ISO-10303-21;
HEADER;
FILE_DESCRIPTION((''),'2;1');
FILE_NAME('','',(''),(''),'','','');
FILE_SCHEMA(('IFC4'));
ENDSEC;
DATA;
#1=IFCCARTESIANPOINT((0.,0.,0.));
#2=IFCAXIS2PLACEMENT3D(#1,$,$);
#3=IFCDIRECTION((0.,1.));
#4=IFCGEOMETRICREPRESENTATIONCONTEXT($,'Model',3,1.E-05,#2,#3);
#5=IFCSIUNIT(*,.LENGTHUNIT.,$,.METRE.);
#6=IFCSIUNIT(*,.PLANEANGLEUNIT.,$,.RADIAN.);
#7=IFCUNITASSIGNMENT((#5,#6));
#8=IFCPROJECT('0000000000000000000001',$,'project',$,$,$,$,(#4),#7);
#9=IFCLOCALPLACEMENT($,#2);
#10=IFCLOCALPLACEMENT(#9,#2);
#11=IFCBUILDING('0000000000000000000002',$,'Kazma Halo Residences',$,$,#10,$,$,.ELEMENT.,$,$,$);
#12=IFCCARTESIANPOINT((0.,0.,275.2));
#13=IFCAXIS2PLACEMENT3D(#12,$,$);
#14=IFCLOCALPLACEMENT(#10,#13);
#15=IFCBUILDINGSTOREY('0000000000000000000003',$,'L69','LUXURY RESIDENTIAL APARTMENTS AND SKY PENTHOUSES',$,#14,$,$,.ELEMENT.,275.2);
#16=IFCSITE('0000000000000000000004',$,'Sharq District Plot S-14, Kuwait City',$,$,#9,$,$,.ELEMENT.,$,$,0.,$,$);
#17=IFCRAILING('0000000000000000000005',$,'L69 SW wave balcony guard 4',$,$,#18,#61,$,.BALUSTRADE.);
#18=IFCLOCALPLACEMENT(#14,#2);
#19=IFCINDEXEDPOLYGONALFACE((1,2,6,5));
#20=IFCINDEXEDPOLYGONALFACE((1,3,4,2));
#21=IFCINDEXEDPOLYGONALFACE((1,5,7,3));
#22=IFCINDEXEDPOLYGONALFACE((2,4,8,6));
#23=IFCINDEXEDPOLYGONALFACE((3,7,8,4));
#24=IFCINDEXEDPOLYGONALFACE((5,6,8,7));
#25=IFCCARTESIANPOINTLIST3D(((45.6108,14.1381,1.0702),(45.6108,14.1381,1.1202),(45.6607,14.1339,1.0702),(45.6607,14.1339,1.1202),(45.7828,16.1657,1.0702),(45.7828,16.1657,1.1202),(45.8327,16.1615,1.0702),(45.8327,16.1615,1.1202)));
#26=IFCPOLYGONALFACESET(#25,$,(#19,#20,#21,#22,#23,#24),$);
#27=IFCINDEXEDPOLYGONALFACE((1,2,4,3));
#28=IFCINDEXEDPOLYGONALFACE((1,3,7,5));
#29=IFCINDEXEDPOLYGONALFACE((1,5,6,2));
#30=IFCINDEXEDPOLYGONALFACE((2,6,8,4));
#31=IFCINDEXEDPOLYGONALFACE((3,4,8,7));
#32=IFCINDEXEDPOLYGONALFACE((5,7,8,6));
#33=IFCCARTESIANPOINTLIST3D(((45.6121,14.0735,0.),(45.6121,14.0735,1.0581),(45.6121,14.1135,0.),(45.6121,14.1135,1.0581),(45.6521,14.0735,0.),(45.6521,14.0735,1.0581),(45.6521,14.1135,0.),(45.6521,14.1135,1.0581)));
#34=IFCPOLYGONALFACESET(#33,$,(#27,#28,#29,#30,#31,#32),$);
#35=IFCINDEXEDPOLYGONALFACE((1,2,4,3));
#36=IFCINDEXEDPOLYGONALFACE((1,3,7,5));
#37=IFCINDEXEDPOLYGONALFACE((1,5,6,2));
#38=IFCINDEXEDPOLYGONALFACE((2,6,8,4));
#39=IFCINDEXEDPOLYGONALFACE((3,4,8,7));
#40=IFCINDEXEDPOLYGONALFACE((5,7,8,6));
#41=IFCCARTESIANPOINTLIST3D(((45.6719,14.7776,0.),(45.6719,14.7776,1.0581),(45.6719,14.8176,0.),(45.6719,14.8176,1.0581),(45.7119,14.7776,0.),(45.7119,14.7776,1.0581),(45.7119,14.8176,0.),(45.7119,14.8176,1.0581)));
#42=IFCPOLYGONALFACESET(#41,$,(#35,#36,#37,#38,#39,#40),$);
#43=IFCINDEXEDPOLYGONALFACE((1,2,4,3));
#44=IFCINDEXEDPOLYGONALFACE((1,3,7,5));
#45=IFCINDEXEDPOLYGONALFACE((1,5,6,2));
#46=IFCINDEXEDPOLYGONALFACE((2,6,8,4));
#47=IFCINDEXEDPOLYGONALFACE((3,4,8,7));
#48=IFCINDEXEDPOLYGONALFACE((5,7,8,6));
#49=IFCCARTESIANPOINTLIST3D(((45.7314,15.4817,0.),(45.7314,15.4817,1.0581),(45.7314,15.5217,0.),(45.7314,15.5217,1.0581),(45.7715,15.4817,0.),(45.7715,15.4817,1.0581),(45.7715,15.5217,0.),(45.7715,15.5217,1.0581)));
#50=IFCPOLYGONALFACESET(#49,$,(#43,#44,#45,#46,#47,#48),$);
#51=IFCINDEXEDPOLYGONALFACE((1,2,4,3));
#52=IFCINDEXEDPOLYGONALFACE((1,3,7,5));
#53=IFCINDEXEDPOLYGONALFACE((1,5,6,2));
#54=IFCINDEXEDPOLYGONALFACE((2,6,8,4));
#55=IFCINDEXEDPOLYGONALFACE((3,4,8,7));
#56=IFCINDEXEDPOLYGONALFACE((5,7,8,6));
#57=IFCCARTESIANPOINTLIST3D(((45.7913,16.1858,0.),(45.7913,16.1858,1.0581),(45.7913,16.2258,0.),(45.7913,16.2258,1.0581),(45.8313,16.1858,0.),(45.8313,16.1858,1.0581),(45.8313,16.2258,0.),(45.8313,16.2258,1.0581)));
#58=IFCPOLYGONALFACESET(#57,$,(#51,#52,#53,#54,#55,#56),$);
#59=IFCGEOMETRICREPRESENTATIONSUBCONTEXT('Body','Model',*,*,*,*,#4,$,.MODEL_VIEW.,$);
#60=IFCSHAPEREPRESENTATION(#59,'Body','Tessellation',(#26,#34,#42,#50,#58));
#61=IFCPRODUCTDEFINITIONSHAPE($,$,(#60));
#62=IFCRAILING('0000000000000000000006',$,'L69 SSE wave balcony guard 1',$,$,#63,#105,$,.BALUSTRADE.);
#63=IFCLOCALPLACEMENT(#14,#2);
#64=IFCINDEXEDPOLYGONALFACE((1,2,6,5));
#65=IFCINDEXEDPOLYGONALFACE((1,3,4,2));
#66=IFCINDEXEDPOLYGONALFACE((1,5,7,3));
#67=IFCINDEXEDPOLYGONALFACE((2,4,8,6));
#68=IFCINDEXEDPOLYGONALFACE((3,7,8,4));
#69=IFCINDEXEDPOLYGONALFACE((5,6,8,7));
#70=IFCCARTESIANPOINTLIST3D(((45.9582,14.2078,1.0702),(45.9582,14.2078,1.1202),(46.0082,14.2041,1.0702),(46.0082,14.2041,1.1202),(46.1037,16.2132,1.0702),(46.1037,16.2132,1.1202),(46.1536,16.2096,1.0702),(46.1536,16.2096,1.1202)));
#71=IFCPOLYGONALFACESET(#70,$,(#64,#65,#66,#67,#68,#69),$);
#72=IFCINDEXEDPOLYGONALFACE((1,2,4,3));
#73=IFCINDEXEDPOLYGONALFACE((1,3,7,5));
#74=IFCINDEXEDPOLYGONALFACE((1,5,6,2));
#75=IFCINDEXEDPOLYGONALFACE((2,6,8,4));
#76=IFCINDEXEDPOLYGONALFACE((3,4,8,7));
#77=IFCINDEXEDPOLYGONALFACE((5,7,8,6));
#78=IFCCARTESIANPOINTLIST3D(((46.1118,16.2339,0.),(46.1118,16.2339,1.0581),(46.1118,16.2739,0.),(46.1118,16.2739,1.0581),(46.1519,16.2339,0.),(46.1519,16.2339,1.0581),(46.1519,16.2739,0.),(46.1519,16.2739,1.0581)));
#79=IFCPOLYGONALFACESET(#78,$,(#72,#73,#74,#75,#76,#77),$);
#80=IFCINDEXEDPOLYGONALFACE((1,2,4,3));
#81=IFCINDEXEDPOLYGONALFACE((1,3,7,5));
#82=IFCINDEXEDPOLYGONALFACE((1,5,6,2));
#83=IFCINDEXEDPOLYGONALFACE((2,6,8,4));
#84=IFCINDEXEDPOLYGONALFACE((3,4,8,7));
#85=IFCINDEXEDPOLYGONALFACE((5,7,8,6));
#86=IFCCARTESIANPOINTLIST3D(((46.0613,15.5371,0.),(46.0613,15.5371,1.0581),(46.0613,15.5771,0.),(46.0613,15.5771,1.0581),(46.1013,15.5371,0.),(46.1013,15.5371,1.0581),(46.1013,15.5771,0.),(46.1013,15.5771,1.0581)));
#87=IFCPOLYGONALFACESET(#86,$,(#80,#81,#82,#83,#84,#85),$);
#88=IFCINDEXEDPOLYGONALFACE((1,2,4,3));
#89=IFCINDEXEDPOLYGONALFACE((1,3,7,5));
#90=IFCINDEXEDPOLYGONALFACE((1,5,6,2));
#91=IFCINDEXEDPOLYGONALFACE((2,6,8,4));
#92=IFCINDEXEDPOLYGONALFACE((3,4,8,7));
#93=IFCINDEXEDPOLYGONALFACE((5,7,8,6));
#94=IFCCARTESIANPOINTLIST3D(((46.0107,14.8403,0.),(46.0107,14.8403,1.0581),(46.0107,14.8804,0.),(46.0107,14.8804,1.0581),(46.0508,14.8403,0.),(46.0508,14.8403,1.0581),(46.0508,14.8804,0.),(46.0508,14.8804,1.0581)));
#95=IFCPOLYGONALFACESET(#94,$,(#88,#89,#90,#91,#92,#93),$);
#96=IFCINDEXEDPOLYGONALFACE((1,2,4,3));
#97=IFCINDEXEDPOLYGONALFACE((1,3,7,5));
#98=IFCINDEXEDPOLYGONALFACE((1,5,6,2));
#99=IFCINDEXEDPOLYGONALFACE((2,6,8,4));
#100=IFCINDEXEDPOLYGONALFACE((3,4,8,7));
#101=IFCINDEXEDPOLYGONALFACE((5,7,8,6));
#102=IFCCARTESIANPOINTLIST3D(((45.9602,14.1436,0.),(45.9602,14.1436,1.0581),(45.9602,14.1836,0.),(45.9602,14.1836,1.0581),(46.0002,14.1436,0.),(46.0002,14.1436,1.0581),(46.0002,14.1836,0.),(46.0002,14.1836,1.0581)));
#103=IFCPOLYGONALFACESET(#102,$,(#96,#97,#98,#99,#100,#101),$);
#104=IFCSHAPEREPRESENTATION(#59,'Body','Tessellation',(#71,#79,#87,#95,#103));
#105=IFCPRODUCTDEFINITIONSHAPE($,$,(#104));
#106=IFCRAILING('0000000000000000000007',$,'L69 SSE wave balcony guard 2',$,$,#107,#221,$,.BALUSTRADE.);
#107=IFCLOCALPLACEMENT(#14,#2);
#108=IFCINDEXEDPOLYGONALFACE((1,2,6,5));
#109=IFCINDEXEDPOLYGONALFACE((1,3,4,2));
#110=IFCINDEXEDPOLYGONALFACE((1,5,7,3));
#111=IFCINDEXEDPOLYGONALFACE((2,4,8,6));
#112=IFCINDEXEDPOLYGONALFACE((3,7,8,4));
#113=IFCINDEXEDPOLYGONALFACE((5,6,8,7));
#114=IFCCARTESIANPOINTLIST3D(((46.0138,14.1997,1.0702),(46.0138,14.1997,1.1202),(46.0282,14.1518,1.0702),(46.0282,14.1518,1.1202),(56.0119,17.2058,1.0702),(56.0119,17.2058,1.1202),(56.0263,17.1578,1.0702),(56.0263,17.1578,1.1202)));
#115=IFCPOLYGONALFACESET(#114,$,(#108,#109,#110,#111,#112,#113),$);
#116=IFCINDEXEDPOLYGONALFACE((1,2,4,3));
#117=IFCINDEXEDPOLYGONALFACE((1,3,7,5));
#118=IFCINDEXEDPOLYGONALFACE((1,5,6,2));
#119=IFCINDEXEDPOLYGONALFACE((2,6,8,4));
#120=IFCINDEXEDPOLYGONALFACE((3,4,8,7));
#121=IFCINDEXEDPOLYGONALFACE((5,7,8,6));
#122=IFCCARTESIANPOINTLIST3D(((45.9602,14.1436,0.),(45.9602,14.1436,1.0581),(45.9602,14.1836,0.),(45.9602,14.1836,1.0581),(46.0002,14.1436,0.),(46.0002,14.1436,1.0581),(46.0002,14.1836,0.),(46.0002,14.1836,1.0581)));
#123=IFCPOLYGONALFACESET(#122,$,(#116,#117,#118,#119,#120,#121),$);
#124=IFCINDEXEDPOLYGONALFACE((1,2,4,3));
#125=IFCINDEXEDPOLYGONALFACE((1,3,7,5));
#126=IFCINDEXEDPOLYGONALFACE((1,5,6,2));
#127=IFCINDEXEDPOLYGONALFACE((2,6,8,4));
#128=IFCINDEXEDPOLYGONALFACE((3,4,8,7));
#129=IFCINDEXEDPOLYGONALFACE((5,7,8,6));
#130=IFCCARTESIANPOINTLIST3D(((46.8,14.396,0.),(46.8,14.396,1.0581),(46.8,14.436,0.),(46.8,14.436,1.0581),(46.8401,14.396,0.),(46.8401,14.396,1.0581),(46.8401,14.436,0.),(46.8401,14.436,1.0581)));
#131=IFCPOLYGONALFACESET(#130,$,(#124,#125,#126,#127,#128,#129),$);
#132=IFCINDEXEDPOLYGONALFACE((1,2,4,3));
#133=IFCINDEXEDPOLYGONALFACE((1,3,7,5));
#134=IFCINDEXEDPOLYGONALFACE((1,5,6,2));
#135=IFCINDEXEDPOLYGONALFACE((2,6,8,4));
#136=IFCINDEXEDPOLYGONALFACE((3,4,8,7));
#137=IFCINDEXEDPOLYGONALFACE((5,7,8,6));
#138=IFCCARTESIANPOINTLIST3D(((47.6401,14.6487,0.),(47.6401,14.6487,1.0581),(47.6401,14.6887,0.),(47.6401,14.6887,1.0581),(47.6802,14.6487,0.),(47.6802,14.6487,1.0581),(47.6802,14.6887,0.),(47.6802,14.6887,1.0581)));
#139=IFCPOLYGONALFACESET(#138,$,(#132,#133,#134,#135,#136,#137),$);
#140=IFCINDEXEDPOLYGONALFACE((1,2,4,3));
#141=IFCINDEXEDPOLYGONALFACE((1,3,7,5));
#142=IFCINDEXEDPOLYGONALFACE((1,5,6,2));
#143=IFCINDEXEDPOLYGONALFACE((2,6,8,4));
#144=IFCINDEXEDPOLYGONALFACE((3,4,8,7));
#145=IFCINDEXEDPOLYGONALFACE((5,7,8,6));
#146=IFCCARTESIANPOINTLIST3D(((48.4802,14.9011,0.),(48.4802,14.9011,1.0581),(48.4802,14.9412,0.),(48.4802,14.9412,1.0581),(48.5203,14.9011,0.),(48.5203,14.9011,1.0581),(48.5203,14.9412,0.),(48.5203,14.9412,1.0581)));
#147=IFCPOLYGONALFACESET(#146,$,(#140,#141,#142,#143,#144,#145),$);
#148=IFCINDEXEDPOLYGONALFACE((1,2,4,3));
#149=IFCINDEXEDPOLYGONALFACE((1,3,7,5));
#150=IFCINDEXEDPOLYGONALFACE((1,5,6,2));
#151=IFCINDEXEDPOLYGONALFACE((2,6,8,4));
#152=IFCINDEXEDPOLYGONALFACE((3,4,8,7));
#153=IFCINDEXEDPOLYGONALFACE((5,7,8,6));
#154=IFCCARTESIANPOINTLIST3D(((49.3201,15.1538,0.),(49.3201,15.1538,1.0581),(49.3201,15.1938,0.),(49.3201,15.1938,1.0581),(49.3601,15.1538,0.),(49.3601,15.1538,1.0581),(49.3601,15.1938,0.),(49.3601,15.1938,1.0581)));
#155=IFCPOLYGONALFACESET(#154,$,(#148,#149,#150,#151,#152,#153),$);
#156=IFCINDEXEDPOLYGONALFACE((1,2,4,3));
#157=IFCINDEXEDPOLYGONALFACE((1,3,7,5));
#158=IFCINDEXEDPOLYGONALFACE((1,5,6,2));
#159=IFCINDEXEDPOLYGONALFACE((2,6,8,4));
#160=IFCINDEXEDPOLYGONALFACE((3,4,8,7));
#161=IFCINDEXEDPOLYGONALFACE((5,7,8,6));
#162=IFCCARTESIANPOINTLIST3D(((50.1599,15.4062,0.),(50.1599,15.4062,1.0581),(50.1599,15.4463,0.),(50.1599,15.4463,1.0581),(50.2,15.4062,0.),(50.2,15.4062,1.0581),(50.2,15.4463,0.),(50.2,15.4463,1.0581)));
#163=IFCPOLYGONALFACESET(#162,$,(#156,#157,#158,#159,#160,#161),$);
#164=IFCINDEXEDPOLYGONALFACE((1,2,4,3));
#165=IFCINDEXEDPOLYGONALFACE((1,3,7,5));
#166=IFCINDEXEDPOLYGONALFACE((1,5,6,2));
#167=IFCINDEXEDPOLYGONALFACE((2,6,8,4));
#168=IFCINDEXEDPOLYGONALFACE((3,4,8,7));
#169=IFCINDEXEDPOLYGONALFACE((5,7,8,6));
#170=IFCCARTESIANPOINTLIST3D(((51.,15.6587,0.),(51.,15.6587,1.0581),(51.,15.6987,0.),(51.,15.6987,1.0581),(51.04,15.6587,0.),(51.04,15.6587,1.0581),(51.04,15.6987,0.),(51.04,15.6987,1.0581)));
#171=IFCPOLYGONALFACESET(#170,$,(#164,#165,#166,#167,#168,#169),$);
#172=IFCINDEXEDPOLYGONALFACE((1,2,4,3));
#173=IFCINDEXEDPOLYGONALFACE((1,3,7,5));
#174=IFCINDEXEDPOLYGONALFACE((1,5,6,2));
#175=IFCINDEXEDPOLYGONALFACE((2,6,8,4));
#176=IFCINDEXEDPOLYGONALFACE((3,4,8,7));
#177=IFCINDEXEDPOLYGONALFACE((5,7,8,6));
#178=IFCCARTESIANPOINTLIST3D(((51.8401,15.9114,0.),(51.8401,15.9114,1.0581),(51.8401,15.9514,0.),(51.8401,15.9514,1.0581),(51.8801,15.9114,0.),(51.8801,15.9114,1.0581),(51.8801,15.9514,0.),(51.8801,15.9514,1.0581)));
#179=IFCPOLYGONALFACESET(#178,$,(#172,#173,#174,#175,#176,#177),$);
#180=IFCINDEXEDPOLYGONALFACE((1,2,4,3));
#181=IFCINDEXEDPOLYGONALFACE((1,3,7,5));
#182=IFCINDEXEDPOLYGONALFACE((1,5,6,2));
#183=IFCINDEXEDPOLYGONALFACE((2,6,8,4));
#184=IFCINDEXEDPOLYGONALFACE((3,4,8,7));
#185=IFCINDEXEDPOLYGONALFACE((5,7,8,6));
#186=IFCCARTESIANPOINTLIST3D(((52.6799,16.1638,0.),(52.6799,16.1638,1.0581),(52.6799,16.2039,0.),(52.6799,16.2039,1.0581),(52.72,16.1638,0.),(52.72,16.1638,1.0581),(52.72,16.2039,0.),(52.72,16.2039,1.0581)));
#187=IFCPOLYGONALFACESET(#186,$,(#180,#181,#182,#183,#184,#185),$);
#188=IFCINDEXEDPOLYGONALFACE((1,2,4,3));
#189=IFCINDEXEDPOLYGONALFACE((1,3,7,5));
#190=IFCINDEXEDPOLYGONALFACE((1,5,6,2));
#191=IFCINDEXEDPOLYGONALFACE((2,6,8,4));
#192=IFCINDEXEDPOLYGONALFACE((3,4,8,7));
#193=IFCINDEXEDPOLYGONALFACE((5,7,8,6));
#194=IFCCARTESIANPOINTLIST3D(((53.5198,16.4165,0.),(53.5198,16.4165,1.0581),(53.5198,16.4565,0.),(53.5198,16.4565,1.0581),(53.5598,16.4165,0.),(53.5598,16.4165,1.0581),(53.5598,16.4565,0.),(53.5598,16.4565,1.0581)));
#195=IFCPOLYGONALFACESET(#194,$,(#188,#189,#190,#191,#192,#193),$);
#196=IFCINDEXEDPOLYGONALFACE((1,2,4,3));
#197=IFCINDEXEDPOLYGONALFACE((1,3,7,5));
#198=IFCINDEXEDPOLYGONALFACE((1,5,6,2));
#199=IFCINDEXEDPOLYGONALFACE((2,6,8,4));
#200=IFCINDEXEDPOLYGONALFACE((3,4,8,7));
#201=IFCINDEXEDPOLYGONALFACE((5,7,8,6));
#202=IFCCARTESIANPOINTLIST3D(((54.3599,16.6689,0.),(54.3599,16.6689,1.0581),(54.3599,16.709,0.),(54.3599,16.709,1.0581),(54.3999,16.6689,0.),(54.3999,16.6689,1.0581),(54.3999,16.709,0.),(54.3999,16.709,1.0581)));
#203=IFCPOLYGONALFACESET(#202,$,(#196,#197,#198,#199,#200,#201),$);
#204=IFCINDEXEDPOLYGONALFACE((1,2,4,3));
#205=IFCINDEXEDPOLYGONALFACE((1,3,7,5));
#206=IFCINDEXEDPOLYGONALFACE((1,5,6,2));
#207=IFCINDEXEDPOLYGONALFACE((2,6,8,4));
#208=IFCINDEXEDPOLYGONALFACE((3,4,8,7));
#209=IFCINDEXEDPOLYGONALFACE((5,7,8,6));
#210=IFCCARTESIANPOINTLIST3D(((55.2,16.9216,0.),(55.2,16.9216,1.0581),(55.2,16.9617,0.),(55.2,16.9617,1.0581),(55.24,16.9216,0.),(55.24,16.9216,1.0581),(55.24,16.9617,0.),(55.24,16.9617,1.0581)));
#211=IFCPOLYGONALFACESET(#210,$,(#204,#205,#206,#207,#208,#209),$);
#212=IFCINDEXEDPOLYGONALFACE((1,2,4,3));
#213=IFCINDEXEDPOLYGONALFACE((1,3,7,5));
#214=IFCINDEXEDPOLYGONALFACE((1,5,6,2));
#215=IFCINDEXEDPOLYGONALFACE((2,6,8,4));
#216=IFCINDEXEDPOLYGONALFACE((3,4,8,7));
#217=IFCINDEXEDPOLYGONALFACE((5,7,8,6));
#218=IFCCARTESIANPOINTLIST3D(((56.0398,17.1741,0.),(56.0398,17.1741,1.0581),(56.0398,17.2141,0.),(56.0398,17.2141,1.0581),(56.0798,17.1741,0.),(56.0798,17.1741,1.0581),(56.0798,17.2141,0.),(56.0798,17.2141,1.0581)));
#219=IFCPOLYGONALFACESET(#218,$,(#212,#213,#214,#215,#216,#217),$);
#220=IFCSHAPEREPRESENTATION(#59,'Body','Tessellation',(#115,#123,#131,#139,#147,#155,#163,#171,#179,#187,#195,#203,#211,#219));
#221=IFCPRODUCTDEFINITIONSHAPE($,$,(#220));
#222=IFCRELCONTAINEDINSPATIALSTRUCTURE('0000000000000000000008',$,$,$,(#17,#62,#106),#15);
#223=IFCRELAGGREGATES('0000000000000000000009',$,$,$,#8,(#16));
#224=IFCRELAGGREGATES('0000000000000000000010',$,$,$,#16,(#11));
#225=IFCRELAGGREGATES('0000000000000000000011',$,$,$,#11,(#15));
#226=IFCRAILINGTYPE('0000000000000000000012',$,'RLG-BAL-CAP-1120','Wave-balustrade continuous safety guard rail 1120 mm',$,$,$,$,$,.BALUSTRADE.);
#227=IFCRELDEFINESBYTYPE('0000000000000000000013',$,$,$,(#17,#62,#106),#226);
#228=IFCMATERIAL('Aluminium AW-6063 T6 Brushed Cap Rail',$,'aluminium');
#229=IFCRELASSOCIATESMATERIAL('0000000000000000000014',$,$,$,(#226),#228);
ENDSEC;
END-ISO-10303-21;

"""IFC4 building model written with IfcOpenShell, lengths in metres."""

from ifc_helpers import new_model, si_unit, direction, frame, origin, origin_2d, place, context, subcontext, project, spatial, rectangle, extrude, material, type_object, element, save


model = new_model("IFC4")

# Units and contexts
model_context = context("Model", 3, precision=1e-05, world=origin(), true_north=direction((0.0, 1.0)))
body_context = subcontext(model_context, "Body", "Model", "MODEL_VIEW")
ifc_project = project(units=[si_unit("LENGTHUNIT", "METRE"), si_unit("PLANEANGLEUNIT", "RADIAN")], contexts=[model_context])

# Site, building, storey
site_placement = place(None, origin())
site = spatial("IfcSite", under=ifc_project, at=site_placement, Name="Sharq District Plot S-14, Kuwait City", CompositionType="ELEMENT", RefElevation=0.0)
building_placement = place(site_placement, origin())
building = spatial("IfcBuilding", under=site, at=building_placement, Name="Kazma Halo Residences", CompositionType="ELEMENT")
storey_placement = place(building_placement, frame((0.0, 0.0, 275.2)))
storey = spatial("IfcBuildingStorey", under=building, at=storey_placement, Name="L69", Description="LUXURY RESIDENTIAL APARTMENTS AND SKY PENTHOUSES", CompositionType="ELEMENT", Elevation=275.2)

# Railings
ifc_material_1 = material(Name="Aluminium AW-6063 T6 Brushed Cap Rail", Category="aluminium")
railing_type = type_object("IfcRailingType", Name="RLG-BAL-CAP-1120", Description="Wave-balustrade continuous safety guard rail 1120 mm", PredefinedType="BALUSTRADE", material=ifc_material_1)
railing_1_placement = place(storey_placement, frame((45.6321, 14.0935, 0.0)))
element("IfcRailing", 1, at=railing_1_placement, inside=storey, type_object=railing_type, Name="L69 SW wave balcony guard 4", PredefinedType="BALUSTRADE", context=body_context, shape_type="SweptSolid", body=[
    extrude(rectangle(XDim=0.05, YDim=0.05, at=origin_2d()), frame((0.0037, 0.0425, 1.0952), z_axis=(0.084532, 0.996421, 0.0), x_axis=(-0.996421, 0.084532, 0.0)), (0.0, 0.0, 1.0), 2.0349),
    extrude(rectangle(XDim=0.04, YDim=0.04, at=origin_2d()), origin(), (0.0, 0.0, 1.0), 1.0581),
    extrude(rectangle(XDim=0.04, YDim=0.04, at=origin_2d()), frame((0.0598, 0.7041, 0.0)), (0.0, 0.0, 1.0), 1.0581),
    extrude(rectangle(XDim=0.04, YDim=0.04, at=origin_2d()), frame((0.1194, 1.4082, 0.0)), (0.0, 0.0, 1.0), 1.0581),
    extrude(rectangle(XDim=0.04, YDim=0.04, at=origin_2d()), frame((0.1792, 2.1123, 0.0)), (0.0, 0.0, 1.0), 1.0581),
])
railing_2_placement = place(storey_placement, frame((46.1318, 16.2539, 0.0)))
element("IfcRailing", 2, at=railing_2_placement, inside=storey, type_object=railing_type, Name="L69 SSE wave balcony guard 1", PredefinedType="BALUSTRADE", context=body_context, shape_type="SweptSolid", body=[
    extrude(rectangle(XDim=0.05, YDim=0.05, at=origin_2d()), frame((-0.0032, -0.0425, 1.0952), z_axis=(-0.07234, -0.99738, 0.0), x_axis=(0.99738, -0.07234, 0.0)), (0.0, 0.0, 1.0), 2.0107),
    extrude(rectangle(XDim=0.04, YDim=0.04, at=origin_2d()), origin(), (0.0, 0.0, 1.0), 1.0581),
    extrude(rectangle(XDim=0.04, YDim=0.04, at=origin_2d()), frame((-0.0505, -0.6968, 0.0)), (0.0, 0.0, 1.0), 1.0581),
    extrude(rectangle(XDim=0.04, YDim=0.04, at=origin_2d()), frame((-0.1011, -1.3936, 0.0)), (0.0, 0.0, 1.0), 1.0581),
    extrude(rectangle(XDim=0.04, YDim=0.04, at=origin_2d()), frame((-0.1516, -2.0903, 0.0)), (0.0, 0.0, 1.0), 1.0581),
])
railing_3_placement = place(storey_placement, frame((45.9802, 14.1636, 0.0)))
element("IfcRailing", 3, at=railing_3_placement, inside=storey, type_object=railing_type, Name="L69 SSE wave balcony guard 2", PredefinedType="BALUSTRADE", context=body_context, shape_type="SweptSolid", body=[
    extrude(rectangle(XDim=0.05, YDim=0.05, at=origin_2d()), frame((0.0408, 0.0122, 1.0952), z_axis=(0.957652, 0.287927, 0.0), x_axis=(-0.287927, 0.957652, 0.0)), (0.0, 0.0, 1.0), 10.4402),
    extrude(rectangle(XDim=0.04, YDim=0.04, at=origin_2d()), origin(), (0.0, 0.0, 1.0), 1.0581),
    extrude(rectangle(XDim=0.04, YDim=0.04, at=origin_2d()), frame((0.8398, 0.2524, 0.0)), (0.0, 0.0, 1.0), 1.0581),
    extrude(rectangle(XDim=0.04, YDim=0.04, at=origin_2d()), frame((1.6799, 0.5051, 0.0)), (0.0, 0.0, 1.0), 1.0581),
    extrude(rectangle(XDim=0.04, YDim=0.04, at=origin_2d()), frame((2.52, 0.7576, 0.0)), (0.0, 0.0, 1.0), 1.0581),
    extrude(rectangle(XDim=0.04, YDim=0.04, at=origin_2d()), frame((3.3599, 1.0103, 0.0)), (0.0, 0.0, 1.0), 1.0581),
    extrude(rectangle(XDim=0.04, YDim=0.04, at=origin_2d()), frame((4.1997, 1.2627, 0.0)), (0.0, 0.0, 1.0), 1.0581),
    extrude(rectangle(XDim=0.04, YDim=0.04, at=origin_2d()), frame((5.0398, 1.5151, 0.0)), (0.0, 0.0, 1.0), 1.0581),
    extrude(rectangle(XDim=0.04, YDim=0.04, at=origin_2d()), frame((5.8799, 1.7678, 0.0)), (0.0, 0.0, 1.0), 1.0581),
    extrude(rectangle(XDim=0.04, YDim=0.04, at=origin_2d()), frame((6.7197, 2.0203, 0.0)), (0.0, 0.0, 1.0), 1.0581),
    extrude(rectangle(XDim=0.04, YDim=0.04, at=origin_2d()), frame((7.5596, 2.2729, 0.0)), (0.0, 0.0, 1.0), 1.0581),
    extrude(rectangle(XDim=0.04, YDim=0.04, at=origin_2d()), frame((8.3997, 2.5254, 0.0)), (0.0, 0.0, 1.0), 1.0581),
    extrude(rectangle(XDim=0.04, YDim=0.04, at=origin_2d()), frame((9.2397, 2.7781, 0.0)), (0.0, 0.0, 1.0), 1.0581),
    extrude(rectangle(XDim=0.04, YDim=0.04, at=origin_2d()), frame((10.0796, 3.0305, 0.0)), (0.0, 0.0, 1.0), 1.0581),
])

save(model, "model.ifc")
